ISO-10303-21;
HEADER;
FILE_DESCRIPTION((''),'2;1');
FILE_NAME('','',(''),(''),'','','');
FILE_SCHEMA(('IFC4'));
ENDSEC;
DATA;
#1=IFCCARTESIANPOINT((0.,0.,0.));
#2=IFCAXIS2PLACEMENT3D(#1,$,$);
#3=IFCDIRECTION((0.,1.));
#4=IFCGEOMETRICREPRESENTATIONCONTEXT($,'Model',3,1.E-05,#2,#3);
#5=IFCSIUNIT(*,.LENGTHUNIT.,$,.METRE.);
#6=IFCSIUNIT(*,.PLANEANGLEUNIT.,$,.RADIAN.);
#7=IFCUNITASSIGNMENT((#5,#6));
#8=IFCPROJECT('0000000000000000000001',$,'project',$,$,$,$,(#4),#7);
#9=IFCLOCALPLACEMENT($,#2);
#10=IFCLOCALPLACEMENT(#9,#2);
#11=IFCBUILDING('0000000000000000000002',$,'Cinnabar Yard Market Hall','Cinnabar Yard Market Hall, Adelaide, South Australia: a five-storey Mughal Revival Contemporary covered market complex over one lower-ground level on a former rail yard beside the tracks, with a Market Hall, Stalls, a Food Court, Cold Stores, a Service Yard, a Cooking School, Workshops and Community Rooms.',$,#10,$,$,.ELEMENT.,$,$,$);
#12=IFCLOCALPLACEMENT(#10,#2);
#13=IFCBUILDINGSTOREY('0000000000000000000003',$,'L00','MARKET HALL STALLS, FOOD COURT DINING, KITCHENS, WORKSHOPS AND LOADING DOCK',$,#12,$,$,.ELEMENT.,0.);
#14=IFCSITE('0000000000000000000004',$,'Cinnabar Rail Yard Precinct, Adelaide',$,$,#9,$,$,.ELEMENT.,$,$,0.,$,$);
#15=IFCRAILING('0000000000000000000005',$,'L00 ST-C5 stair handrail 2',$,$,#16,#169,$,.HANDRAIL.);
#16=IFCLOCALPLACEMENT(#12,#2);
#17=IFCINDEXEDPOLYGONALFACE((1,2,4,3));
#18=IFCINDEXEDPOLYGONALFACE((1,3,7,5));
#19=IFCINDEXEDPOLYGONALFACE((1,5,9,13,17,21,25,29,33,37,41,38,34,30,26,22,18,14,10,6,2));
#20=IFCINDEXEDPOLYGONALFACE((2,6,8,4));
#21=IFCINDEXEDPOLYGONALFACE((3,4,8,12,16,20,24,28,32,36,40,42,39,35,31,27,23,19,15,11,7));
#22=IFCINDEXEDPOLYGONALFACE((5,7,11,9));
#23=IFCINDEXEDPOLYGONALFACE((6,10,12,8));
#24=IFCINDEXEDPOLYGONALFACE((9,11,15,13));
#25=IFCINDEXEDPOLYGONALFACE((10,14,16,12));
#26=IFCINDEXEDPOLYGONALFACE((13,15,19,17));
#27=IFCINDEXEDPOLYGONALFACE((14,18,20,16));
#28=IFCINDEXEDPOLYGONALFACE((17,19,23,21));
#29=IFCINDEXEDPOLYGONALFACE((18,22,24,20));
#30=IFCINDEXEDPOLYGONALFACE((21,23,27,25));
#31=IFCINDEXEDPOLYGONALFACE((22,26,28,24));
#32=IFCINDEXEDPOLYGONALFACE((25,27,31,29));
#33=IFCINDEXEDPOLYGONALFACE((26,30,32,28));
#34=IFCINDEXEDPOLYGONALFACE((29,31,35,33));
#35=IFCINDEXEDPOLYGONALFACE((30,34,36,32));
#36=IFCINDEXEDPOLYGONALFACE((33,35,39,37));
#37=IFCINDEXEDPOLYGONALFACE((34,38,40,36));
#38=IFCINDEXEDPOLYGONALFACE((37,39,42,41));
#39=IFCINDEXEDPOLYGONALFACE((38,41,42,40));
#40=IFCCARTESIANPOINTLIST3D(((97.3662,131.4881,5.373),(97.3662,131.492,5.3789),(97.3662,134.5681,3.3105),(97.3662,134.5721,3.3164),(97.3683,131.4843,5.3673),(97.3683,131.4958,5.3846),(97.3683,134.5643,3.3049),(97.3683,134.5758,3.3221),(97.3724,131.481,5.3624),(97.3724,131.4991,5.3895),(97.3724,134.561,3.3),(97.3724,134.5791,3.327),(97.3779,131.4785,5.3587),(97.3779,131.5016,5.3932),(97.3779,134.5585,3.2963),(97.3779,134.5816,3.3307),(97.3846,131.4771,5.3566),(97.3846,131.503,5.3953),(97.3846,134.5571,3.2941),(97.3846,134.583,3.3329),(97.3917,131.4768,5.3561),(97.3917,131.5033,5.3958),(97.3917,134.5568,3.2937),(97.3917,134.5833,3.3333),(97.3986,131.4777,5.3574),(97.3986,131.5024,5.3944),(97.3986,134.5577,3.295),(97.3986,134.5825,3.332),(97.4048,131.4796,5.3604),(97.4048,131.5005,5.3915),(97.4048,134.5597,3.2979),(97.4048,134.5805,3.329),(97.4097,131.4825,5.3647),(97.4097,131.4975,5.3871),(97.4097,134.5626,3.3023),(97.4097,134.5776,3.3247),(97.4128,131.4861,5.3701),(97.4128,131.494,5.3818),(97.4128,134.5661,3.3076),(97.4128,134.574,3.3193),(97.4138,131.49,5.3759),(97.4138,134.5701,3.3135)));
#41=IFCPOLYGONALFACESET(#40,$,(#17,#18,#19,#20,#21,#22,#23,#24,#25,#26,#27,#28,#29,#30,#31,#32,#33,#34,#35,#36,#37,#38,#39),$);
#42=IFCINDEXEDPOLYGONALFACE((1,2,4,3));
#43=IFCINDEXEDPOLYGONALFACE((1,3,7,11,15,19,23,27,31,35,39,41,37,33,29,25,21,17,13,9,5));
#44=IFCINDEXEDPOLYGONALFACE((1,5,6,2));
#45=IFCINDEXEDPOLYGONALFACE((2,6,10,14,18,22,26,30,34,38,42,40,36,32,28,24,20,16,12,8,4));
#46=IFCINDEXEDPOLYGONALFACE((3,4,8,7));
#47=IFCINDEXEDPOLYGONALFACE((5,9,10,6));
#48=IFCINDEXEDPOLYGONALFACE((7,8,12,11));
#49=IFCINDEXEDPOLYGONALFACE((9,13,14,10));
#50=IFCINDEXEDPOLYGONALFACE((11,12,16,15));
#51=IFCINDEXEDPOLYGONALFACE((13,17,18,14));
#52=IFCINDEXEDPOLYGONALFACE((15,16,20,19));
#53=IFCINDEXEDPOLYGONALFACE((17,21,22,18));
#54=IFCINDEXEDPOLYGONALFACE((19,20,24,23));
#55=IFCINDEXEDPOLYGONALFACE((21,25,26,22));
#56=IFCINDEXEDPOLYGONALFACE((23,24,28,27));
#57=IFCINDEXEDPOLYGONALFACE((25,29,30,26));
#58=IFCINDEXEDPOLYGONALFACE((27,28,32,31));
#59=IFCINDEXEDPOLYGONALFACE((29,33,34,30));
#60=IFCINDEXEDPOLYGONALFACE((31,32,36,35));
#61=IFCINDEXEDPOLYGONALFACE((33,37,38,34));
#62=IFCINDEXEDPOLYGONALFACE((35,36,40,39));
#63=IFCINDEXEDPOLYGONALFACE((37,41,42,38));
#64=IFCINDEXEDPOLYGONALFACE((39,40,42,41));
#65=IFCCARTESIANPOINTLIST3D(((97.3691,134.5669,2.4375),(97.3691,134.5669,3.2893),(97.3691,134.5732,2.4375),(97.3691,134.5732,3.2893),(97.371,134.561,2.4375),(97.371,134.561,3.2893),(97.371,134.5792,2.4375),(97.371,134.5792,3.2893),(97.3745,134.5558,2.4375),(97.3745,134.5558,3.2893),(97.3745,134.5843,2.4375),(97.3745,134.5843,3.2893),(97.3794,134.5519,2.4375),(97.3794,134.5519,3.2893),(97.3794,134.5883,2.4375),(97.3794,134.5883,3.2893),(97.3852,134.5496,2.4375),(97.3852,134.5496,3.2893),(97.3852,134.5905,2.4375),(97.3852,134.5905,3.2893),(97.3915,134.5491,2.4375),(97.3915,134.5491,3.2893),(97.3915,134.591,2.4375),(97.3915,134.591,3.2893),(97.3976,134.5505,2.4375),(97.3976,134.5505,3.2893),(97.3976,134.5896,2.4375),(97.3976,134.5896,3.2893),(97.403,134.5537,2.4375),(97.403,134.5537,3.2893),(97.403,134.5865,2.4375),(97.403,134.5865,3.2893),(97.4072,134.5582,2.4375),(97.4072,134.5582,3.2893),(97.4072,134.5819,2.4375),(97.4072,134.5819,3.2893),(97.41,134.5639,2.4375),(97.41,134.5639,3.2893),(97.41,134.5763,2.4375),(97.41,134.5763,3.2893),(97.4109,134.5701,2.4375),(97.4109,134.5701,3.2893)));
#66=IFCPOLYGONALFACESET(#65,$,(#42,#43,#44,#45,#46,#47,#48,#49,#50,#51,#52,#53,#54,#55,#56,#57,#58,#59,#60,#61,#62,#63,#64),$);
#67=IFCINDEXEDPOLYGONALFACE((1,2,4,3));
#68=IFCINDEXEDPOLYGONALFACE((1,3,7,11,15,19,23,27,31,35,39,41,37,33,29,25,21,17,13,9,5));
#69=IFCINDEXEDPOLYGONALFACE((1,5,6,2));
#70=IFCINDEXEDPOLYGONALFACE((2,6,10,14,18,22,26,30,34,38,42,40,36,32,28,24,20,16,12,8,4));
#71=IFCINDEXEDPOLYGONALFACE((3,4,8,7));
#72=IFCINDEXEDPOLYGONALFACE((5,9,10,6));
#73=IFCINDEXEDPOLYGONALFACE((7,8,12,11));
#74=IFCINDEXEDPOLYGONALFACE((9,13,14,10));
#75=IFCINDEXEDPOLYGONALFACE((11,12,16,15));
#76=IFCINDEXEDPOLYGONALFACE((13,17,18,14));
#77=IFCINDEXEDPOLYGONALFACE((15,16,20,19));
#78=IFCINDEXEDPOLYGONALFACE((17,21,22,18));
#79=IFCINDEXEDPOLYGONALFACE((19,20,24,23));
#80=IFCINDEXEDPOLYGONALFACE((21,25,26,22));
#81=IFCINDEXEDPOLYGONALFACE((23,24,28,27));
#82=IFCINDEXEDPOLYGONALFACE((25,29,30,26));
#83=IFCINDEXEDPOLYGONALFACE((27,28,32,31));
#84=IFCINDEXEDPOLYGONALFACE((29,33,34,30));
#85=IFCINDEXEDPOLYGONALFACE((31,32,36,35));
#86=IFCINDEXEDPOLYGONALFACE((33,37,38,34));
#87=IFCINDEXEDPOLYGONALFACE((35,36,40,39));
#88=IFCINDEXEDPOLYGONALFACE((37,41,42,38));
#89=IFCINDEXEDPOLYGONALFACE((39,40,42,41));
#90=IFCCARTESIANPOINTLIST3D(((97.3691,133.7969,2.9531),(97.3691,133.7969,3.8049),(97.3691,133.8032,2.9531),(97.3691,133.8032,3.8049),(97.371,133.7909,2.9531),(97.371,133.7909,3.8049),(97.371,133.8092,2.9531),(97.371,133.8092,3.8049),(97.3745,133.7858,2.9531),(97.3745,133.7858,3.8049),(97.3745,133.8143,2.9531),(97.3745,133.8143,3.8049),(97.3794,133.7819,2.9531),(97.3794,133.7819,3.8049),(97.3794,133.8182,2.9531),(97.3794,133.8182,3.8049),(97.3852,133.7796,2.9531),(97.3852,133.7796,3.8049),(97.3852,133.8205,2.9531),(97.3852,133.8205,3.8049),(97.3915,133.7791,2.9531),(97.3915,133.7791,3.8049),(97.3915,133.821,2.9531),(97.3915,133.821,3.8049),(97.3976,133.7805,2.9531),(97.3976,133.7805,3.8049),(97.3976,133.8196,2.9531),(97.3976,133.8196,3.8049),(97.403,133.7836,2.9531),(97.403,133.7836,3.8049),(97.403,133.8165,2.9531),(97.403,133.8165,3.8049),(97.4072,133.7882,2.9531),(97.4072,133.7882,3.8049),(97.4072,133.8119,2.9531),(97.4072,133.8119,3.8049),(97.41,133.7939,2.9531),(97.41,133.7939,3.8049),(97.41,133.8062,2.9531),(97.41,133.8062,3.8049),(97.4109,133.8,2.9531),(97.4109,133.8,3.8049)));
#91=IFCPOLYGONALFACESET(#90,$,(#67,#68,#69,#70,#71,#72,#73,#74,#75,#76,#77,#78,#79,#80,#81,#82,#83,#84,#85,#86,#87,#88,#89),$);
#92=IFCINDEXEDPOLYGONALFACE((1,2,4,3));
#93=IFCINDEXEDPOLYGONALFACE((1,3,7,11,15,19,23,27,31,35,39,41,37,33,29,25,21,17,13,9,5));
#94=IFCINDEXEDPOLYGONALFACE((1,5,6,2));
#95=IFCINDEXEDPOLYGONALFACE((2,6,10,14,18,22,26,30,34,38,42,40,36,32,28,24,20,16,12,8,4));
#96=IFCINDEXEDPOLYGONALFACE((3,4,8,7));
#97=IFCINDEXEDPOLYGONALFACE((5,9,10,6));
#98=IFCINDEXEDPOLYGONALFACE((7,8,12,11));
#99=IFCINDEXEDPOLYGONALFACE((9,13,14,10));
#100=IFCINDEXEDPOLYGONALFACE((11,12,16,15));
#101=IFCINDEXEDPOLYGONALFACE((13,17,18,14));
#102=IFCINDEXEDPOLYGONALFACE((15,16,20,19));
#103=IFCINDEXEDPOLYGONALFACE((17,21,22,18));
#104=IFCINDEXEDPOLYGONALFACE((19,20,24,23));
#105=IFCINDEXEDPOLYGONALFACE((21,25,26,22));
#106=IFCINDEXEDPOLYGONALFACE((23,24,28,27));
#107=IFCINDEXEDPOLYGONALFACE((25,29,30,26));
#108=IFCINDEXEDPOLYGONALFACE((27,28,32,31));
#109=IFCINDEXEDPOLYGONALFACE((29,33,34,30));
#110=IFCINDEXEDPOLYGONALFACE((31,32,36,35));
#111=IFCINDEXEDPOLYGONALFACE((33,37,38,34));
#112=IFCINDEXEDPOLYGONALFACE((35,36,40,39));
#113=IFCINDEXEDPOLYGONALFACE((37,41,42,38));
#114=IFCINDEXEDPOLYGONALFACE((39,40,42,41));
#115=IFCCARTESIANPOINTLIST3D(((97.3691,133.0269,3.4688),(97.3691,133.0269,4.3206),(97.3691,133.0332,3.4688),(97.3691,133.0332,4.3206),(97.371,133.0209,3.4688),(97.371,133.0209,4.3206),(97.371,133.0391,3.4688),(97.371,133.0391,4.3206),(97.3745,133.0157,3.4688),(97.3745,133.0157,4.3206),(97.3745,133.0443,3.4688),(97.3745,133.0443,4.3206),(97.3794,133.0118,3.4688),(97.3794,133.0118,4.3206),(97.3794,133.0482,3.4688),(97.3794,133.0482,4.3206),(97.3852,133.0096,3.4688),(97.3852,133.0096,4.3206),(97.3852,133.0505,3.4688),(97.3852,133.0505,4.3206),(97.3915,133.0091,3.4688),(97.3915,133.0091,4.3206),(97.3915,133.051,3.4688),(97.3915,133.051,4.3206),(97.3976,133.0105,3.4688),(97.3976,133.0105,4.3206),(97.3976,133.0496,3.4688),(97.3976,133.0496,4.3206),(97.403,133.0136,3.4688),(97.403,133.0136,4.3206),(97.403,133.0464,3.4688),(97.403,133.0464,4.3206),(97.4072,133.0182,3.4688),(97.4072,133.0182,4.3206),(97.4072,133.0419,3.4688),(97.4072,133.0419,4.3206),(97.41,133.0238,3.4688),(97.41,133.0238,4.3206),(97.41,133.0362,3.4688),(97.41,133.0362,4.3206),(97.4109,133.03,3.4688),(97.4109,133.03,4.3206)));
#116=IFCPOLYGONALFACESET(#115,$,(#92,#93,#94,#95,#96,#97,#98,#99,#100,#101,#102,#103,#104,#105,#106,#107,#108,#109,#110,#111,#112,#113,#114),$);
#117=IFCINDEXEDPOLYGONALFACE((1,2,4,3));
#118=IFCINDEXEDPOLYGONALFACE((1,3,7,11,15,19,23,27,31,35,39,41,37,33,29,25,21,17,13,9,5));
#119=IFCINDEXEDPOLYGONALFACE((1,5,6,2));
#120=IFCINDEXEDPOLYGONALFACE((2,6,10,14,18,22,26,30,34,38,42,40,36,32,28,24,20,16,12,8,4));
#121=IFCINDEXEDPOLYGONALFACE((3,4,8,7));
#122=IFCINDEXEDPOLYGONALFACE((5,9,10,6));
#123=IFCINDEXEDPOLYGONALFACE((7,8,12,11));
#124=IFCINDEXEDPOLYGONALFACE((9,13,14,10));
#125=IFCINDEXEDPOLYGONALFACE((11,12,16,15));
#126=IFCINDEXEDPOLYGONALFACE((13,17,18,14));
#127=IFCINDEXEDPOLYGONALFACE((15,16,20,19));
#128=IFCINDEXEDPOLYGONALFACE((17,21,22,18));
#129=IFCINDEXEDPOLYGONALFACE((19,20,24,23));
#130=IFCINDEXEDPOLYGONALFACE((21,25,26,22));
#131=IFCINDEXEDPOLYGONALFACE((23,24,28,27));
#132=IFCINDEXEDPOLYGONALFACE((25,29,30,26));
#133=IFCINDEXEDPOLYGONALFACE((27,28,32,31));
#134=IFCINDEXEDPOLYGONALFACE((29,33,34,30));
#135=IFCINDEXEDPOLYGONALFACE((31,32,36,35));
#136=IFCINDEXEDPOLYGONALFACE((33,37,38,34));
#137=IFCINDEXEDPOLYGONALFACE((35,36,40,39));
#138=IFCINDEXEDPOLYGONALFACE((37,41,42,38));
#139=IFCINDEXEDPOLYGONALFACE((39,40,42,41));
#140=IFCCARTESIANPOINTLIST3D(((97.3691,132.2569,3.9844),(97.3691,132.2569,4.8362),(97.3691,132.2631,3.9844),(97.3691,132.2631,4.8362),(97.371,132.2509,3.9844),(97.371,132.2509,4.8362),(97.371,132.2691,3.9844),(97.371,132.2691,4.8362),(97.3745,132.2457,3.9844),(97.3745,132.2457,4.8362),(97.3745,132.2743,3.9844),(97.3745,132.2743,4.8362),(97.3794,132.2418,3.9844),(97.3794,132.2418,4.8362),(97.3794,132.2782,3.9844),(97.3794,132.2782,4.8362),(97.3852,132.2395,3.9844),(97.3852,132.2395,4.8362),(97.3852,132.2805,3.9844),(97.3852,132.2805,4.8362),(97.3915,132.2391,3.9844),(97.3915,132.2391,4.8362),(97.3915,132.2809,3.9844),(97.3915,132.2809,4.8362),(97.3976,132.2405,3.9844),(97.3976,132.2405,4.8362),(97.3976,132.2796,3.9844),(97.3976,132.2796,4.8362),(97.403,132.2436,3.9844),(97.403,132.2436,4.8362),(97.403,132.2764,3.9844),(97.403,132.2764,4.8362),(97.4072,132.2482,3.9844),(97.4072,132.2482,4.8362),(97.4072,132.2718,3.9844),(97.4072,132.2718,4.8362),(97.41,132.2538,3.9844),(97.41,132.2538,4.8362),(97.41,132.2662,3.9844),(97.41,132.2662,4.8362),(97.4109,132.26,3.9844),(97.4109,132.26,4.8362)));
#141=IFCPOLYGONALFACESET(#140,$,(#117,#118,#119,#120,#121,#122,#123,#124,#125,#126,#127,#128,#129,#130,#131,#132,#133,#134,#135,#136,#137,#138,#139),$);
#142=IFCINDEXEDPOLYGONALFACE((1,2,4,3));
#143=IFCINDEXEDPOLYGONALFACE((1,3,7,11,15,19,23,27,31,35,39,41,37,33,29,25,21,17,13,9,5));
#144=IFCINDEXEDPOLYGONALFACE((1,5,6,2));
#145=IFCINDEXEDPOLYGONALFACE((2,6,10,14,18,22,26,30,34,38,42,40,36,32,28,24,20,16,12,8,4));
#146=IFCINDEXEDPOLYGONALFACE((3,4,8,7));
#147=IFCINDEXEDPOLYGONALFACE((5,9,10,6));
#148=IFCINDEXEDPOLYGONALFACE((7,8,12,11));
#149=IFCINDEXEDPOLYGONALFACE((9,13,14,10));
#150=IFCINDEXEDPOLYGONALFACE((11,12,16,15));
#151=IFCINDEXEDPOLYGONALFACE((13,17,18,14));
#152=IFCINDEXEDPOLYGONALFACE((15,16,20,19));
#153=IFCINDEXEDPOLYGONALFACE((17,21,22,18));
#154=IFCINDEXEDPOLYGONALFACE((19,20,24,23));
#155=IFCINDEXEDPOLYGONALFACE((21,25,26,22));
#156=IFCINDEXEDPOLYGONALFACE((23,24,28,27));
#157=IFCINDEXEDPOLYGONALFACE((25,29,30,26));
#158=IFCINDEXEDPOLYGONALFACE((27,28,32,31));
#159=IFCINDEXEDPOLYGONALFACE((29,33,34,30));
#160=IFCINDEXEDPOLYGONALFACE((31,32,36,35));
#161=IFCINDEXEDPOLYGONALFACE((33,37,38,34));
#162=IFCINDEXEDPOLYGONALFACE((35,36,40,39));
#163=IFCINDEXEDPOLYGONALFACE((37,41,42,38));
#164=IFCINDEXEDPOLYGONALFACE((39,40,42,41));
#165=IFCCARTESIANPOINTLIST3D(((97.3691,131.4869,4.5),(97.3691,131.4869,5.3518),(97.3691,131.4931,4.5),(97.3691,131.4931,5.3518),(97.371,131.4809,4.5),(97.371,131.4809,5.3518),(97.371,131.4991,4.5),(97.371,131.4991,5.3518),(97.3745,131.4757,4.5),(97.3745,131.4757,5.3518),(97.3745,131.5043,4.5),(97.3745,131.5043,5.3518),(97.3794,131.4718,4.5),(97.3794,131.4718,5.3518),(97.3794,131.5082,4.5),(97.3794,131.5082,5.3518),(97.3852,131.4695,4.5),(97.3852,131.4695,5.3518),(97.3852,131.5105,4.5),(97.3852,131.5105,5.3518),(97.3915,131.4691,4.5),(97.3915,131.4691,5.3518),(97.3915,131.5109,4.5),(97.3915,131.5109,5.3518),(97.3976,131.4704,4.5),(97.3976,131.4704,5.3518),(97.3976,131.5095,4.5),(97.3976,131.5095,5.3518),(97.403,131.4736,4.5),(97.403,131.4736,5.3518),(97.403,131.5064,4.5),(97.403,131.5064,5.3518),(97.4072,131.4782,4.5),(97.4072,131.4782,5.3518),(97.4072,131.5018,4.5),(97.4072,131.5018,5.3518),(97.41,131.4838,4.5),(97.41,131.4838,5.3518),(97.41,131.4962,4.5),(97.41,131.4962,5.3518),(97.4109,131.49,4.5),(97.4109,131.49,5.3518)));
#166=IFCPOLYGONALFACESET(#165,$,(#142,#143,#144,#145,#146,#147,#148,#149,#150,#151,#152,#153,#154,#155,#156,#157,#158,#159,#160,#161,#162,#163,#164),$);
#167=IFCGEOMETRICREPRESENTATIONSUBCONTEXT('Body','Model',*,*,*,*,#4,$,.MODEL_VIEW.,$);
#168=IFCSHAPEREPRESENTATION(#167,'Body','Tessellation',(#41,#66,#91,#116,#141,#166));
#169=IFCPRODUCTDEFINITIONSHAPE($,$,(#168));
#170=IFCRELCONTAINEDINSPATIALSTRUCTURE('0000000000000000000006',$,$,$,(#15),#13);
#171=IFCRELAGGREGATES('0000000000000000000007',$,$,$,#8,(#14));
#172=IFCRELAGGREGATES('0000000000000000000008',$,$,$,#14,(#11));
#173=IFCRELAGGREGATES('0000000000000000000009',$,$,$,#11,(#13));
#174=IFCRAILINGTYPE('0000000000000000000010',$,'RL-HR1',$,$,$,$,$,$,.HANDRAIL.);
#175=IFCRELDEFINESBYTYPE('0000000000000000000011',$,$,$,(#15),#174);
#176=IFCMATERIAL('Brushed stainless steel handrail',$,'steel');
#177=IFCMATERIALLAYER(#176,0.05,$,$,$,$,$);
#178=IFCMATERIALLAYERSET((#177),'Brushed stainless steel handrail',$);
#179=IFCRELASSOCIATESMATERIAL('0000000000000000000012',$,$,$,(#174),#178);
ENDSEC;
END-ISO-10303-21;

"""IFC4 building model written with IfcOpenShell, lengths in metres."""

from ifc_helpers import new_model, si_unit, direction, frame, origin, origin_2d_with_axis, place, context, subcontext, project, spatial, circle, extrude, material, layer, layer_set, type_object, element, save


model = new_model("IFC4")

# Units and contexts
model_context = context("Model", 3, precision=1e-05, world=origin(), true_north=direction((0.0, 1.0)))
body_context = subcontext(model_context, "Body", "Model", "MODEL_VIEW")
ifc_project = project(units=[si_unit("LENGTHUNIT", "METRE"), si_unit("PLANEANGLEUNIT", "RADIAN")], contexts=[model_context])

# Site, building, storey
site_placement = place(None, origin())
site = spatial("IfcSite", under=ifc_project, at=site_placement, Name="Cinnabar Rail Yard Precinct, Adelaide", CompositionType="ELEMENT", RefElevation=0.0)
building_placement = place(site_placement, origin())
building = spatial("IfcBuilding", under=site, at=building_placement, Name="Cinnabar Yard Market Hall", Description="Cinnabar Yard Market Hall, Adelaide, South Australia: a five-storey Mughal Revival Contemporary covered market complex over one lower-ground level on a former rail yard beside the tracks, with a Market Hall, Stalls, a Food Court, Cold Stores, a Service Yard, a Cooking School, Workshops and Community Rooms.", CompositionType="ELEMENT")
storey_placement = place(building_placement, origin())
storey = spatial("IfcBuildingStorey", under=building, at=storey_placement, Name="L00", Description="MARKET HALL STALLS, FOOD COURT DINING, KITCHENS, WORKSHOPS AND LOADING DOCK", CompositionType="ELEMENT", Elevation=0.0)

# Railing
ifc_material_1 = material(Name="Brushed stainless steel handrail", Category="steel")
ifc_layer_1 = layer(ifc_material_1, 0.05)
ifc_layer_set_1 = layer_set([ifc_layer_1], Name="Brushed stainless steel handrail")
railing_type_1 = type_object("IfcRailingType", Name="RL-HR1", PredefinedType="HANDRAIL", material=ifc_layer_set_1)
railing_1_placement = place(storey_placement, frame((97.3899, 134.5701, 2.4375)))
element("IfcRailing", 1, at=railing_1_placement, inside=storey, type_object=railing_type_1, Name="L00 ST-C5 stair handrail 2", PredefinedType="HANDRAIL", context=body_context, shape_type="SweptSolid", body=[
    extrude(circle(Radius=0.0239, at=origin_2d_with_axis()), frame((0.0, 0.0, 0.876), z_axis=(0.0, -0.830914, 0.556401), x_axis=(1.0, 0.0, 0.0)), (0.0, 0.0, 1.0), 3.7068),
    extrude(circle(Radius=0.021, at=origin_2d_with_axis()), origin(), (0.0, 0.0, 1.0), 0.8518),
    extrude(circle(Radius=0.021, at=origin_2d_with_axis()), frame((0.0, -0.77, 0.5156)), (0.0, 0.0, 1.0), 0.8518),
    extrude(circle(Radius=0.021, at=origin_2d_with_axis()), frame((0.0, -1.54, 1.0312)), (0.0, 0.0, 1.0), 0.8518),
    extrude(circle(Radius=0.021, at=origin_2d_with_axis()), frame((0.0, -2.3101, 1.5469)), (0.0, 0.0, 1.0), 0.8518),
    extrude(circle(Radius=0.021, at=origin_2d_with_axis()), frame((0.0, -3.0801, 2.0625)), (0.0, 0.0, 1.0), 0.8518),
])

save(model, "model.ifc")
